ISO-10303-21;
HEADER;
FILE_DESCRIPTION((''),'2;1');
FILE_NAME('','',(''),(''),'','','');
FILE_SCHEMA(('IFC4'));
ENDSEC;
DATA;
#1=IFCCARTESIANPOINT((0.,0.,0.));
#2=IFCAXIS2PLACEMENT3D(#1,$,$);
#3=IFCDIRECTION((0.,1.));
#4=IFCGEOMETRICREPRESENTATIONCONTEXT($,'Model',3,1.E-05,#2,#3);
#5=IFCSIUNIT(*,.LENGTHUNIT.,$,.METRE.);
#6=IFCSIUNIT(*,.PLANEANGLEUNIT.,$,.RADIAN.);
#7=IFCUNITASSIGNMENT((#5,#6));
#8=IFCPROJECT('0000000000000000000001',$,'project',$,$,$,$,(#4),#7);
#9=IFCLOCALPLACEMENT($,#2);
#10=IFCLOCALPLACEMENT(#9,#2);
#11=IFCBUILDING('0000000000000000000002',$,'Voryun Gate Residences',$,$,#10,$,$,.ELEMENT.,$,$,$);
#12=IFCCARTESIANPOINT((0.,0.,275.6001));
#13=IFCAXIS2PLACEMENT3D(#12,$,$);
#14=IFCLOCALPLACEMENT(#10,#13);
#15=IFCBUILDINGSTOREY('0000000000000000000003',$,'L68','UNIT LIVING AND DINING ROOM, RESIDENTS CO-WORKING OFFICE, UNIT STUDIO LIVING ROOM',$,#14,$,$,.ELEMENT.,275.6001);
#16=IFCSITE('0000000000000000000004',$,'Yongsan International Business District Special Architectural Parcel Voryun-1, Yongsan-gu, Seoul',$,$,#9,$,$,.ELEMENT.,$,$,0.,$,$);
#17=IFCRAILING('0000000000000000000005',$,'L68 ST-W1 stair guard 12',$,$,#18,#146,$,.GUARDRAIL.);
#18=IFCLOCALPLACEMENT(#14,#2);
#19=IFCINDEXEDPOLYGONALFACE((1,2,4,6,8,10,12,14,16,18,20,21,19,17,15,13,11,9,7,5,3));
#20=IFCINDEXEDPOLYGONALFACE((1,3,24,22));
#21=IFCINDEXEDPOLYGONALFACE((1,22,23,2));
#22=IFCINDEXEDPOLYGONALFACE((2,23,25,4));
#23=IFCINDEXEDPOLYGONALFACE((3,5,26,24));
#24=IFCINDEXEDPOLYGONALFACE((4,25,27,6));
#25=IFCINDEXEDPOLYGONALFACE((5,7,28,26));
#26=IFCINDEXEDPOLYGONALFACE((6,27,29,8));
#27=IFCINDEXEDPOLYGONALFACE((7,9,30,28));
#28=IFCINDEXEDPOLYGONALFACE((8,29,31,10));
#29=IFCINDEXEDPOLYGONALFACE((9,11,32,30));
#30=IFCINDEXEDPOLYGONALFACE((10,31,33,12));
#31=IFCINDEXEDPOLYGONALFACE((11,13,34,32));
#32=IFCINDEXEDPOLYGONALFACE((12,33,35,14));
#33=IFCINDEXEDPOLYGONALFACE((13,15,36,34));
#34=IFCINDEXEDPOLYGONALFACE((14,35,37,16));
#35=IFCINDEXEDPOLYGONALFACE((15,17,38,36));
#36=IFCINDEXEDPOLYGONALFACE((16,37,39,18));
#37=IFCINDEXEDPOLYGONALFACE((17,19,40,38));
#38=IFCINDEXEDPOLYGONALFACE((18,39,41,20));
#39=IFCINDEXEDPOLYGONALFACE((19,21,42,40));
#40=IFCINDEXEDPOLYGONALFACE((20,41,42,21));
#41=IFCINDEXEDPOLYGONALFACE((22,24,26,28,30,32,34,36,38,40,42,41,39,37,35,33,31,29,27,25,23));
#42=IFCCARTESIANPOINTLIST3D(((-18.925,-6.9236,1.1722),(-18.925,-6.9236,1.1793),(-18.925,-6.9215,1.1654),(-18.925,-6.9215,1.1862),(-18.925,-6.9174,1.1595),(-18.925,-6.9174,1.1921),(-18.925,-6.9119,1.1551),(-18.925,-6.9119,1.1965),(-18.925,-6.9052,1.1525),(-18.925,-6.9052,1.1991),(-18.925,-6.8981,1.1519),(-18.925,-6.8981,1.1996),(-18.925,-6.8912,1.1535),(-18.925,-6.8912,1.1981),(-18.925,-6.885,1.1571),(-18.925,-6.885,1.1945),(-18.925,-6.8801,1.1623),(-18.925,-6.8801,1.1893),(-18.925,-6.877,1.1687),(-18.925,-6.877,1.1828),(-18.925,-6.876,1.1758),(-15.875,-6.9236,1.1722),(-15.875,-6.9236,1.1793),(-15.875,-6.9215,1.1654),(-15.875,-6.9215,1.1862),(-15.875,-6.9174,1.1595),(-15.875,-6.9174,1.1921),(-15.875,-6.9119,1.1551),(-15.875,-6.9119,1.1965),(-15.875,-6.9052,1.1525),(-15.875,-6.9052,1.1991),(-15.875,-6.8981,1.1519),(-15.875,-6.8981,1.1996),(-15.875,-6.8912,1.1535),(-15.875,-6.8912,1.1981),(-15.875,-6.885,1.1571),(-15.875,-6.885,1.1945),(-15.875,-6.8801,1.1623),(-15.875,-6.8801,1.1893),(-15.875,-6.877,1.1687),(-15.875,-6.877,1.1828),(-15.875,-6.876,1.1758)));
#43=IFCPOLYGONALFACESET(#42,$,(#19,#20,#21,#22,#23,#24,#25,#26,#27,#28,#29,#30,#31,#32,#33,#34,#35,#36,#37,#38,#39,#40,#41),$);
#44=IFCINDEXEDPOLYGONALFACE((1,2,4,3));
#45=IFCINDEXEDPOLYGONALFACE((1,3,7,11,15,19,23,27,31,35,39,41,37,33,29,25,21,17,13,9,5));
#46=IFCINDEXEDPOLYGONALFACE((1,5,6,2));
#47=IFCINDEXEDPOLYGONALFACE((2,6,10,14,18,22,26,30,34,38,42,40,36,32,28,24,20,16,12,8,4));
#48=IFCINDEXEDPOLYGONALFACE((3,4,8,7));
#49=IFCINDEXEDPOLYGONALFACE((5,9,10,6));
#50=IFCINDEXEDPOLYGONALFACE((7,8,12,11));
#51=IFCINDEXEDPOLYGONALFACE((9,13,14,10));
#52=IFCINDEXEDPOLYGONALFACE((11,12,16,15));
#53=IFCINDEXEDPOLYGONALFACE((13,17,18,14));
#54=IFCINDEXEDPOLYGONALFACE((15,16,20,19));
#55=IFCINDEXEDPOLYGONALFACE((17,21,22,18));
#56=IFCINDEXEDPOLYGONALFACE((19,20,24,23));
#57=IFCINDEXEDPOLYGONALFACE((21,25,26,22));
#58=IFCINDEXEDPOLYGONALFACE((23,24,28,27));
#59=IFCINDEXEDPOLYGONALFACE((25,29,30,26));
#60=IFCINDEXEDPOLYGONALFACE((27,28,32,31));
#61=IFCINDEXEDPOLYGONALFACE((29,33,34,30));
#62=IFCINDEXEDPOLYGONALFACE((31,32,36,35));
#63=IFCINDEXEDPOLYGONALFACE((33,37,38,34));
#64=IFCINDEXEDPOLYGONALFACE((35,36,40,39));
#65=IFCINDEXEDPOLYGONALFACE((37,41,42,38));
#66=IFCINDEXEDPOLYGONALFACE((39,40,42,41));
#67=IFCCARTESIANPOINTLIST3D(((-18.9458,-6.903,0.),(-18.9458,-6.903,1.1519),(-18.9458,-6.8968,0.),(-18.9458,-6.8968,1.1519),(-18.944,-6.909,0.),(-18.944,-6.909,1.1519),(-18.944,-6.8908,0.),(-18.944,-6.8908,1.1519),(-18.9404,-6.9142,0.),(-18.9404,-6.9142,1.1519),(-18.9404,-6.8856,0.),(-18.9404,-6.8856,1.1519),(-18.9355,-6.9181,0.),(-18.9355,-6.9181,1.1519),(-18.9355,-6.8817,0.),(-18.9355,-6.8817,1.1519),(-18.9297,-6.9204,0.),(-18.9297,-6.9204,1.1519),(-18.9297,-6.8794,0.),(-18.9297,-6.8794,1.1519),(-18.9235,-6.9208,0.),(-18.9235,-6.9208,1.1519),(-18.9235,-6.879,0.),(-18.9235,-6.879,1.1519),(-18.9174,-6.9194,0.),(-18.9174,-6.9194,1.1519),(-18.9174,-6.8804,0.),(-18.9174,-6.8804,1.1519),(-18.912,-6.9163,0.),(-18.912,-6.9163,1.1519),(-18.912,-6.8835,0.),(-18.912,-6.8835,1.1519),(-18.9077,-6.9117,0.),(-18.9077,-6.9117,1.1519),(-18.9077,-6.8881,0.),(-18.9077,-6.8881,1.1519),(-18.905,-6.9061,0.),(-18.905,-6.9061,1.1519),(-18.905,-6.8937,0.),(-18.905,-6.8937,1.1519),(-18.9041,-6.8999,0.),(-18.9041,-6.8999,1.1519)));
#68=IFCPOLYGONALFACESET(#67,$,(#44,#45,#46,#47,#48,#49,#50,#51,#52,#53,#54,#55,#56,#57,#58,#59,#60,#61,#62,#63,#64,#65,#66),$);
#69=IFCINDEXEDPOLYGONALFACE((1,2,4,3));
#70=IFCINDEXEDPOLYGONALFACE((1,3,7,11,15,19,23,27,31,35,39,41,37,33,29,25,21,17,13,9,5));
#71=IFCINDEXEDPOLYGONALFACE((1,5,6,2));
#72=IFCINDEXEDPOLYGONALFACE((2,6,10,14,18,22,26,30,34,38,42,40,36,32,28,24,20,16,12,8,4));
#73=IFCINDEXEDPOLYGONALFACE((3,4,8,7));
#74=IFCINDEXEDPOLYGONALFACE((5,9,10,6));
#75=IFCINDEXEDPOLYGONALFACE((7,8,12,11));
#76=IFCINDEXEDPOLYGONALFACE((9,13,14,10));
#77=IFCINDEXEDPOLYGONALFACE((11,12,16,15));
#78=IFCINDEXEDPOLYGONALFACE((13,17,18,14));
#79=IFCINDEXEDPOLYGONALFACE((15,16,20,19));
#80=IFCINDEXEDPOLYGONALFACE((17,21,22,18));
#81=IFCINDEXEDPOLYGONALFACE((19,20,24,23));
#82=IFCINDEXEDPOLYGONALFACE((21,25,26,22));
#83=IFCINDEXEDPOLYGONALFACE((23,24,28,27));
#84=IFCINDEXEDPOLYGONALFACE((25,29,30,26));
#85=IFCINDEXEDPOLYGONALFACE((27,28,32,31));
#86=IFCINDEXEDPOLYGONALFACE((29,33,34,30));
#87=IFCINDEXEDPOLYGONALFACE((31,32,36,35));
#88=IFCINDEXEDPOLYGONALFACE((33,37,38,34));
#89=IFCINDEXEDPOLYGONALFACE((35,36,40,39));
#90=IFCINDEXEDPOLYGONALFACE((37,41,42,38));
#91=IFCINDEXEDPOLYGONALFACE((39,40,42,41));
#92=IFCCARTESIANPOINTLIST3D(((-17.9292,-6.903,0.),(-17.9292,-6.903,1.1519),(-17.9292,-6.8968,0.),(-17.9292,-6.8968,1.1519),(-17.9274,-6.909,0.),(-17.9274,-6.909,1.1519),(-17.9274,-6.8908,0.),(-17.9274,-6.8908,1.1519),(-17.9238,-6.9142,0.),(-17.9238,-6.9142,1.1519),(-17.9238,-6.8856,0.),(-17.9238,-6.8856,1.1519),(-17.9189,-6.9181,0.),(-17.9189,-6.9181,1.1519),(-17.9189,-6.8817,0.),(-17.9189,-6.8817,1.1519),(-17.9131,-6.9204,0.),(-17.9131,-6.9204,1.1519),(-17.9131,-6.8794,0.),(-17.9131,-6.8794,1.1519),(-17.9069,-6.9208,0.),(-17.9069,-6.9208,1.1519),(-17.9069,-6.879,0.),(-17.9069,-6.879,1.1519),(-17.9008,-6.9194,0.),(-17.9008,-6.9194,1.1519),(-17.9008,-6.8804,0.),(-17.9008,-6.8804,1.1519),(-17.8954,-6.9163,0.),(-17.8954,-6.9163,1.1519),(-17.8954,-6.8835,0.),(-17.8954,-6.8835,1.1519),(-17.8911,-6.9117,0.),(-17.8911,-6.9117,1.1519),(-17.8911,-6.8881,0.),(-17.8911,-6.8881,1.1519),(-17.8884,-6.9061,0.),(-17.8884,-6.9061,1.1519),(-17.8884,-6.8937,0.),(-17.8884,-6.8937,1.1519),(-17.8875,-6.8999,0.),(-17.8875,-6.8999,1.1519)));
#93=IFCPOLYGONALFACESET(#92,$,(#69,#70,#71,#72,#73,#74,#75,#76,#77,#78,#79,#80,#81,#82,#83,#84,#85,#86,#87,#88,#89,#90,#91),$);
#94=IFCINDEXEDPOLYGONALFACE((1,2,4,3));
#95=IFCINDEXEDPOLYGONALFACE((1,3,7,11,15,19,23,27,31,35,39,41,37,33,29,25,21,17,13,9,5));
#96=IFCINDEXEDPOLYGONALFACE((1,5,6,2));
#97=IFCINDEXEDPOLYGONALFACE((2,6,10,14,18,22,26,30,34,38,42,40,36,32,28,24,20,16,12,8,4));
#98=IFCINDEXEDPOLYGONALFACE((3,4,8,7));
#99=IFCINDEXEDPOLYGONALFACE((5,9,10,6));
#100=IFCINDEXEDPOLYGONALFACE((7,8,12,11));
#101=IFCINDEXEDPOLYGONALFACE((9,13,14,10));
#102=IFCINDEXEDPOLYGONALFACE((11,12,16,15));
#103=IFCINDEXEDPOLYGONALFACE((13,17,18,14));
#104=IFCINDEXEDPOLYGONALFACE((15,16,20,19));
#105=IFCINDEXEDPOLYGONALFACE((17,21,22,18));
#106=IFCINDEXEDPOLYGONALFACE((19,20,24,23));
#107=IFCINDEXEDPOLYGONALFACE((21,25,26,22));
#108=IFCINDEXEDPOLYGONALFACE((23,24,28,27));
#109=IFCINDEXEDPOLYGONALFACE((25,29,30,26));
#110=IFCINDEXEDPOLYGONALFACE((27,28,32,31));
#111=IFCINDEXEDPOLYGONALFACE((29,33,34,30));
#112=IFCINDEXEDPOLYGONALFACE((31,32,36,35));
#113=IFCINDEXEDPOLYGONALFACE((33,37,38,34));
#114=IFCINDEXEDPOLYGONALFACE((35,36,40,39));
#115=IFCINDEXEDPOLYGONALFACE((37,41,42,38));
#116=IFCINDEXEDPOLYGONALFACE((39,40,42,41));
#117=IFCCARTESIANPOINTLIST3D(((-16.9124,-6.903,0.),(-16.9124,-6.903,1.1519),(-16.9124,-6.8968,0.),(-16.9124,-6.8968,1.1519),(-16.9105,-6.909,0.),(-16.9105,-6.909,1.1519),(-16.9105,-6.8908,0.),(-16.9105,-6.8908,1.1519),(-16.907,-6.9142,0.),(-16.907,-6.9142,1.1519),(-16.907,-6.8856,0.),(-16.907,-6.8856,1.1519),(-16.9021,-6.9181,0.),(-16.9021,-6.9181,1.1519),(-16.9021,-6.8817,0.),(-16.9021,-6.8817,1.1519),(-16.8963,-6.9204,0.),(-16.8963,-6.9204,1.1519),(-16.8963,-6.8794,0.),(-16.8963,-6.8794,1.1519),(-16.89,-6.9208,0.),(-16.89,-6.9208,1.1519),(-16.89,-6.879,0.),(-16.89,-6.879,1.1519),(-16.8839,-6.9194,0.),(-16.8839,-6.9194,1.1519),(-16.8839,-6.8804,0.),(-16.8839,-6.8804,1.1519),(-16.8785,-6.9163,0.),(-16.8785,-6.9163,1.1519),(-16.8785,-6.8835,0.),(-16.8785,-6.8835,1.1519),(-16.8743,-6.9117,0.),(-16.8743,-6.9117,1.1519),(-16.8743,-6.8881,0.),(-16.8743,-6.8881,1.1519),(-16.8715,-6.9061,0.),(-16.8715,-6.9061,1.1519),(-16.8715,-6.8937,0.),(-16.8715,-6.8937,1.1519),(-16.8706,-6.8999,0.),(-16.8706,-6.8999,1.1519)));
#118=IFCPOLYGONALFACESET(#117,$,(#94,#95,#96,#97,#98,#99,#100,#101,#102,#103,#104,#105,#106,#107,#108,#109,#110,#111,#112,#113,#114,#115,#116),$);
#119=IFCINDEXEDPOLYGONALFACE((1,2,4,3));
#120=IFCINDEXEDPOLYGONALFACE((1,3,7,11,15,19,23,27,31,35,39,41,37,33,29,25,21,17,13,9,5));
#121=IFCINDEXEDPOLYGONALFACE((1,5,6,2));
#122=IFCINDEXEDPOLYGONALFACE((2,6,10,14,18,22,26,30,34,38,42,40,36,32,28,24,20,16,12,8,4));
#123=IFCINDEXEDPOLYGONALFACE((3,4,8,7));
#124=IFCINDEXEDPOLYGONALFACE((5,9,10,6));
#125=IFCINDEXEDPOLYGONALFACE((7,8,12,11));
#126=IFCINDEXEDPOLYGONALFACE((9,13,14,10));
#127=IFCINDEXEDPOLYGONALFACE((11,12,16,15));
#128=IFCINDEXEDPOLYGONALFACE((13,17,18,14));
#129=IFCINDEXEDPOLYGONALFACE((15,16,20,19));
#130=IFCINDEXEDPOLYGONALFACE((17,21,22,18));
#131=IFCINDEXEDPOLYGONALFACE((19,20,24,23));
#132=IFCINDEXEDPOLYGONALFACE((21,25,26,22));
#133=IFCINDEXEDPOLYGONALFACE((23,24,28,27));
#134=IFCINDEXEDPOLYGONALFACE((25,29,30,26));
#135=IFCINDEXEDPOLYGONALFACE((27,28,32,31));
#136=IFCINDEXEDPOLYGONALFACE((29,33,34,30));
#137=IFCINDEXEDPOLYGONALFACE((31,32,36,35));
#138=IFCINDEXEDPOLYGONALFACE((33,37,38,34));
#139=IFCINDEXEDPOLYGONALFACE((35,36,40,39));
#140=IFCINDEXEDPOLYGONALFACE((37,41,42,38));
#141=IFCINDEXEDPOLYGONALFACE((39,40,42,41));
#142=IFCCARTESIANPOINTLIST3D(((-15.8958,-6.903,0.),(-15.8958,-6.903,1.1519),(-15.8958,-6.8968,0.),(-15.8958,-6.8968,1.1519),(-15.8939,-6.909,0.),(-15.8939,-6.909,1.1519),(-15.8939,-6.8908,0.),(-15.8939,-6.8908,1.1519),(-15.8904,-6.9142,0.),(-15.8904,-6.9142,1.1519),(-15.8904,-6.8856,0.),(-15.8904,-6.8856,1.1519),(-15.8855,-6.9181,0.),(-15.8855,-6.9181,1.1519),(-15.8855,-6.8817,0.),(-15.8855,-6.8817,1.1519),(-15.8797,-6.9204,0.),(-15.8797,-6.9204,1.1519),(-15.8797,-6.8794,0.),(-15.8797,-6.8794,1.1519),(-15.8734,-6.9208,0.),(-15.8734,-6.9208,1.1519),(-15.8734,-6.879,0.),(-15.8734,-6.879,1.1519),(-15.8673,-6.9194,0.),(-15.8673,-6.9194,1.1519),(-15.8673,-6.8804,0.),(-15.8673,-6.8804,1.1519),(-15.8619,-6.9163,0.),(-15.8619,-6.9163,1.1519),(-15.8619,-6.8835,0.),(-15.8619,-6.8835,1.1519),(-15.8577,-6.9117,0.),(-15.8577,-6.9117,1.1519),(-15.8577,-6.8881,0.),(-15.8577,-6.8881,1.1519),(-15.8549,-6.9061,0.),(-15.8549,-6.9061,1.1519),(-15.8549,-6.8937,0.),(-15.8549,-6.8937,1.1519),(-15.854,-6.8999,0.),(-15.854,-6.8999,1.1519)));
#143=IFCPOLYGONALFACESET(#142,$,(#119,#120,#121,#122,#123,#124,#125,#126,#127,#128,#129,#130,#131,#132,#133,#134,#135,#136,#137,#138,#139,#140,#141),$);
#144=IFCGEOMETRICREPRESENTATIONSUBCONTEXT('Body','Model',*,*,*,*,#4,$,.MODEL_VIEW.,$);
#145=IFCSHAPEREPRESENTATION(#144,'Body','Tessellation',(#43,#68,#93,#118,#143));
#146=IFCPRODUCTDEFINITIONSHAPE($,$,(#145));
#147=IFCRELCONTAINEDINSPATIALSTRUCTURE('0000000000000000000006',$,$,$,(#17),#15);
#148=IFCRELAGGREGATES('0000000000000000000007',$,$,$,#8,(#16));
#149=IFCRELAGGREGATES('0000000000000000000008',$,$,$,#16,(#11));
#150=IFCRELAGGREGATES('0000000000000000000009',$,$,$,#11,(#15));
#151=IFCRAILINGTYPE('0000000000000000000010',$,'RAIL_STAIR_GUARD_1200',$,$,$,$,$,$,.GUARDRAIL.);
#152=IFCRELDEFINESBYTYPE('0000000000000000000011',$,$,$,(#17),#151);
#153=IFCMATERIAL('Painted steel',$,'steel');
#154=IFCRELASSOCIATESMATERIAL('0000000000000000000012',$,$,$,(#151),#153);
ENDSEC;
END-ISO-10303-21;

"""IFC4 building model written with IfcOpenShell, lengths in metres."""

from ifc_helpers import new_model, si_unit, direction, frame, origin, origin_2d, place, context, subcontext, project, spatial, circle, extrude, material, type_object, element, save


model = new_model("IFC4")

# Units and contexts
model_context = context("Model", 3, precision=1e-05, world=origin(), true_north=direction((0.0, 1.0)))
body_context = subcontext(model_context, "Body", "Model", "MODEL_VIEW")
ifc_project = project(units=[si_unit("LENGTHUNIT", "METRE"), si_unit("PLANEANGLEUNIT", "RADIAN")], contexts=[model_context])

# Site, building, storey
site_placement = place(None, origin())
site = spatial("IfcSite", under=ifc_project, at=site_placement, Name="Yongsan International Business District Special Architectural Parcel Voryun-1, Yongsan-gu, Seoul", CompositionType="ELEMENT", RefElevation=0.0)
building_placement = place(site_placement, origin())
building = spatial("IfcBuilding", under=site, at=building_placement, Name="Voryun Gate Residences", CompositionType="ELEMENT")
storey_placement = place(building_placement, frame((0.0, 0.0, 275.6001)))
storey = spatial("IfcBuildingStorey", under=building, at=storey_placement, Name="L68", Description="UNIT LIVING AND DINING ROOM, RESIDENTS CO-WORKING OFFICE, UNIT STUDIO LIVING ROOM", CompositionType="ELEMENT", Elevation=275.6001)

# Railing
ifc_material_1 = material(Name="Painted steel", Category="steel")
railing_type_1 = type_object("IfcRailingType", Name="RAIL_STAIR_GUARD_1200", PredefinedType="GUARDRAIL", material=ifc_material_1)
railing_1_placement = place(storey_placement, frame((-18.925, -6.8999, 0.0)))
element("IfcRailing", 1, at=railing_1_placement, inside=storey, type_object=railing_type_1, Name="L68 ST-W1 stair guard 12", PredefinedType="GUARDRAIL", context=body_context, shape_type="SweptSolid", body=[
    extrude(circle(Radius=0.0239, at=origin_2d()), frame((0.0, 0.0, 1.1758), z_axis=(1.0, 0.0, 0.0), x_axis=(0.0, 1.0, 0.0)), (0.0, 0.0, 1.0), 3.05),
    extrude(circle(Radius=0.021, at=origin_2d()), origin(), (0.0, 0.0, 1.0), 1.1519),
    extrude(circle(Radius=0.021, at=origin_2d()), frame((1.0166, 0.0, 0.0)), (0.0, 0.0, 1.0), 1.1519),
    extrude(circle(Radius=0.021, at=origin_2d()), frame((2.0334, 0.0, 0.0)), (0.0, 0.0, 1.0), 1.1519),
    extrude(circle(Radius=0.021, at=origin_2d()), frame((3.05, 0.0, 0.0)), (0.0, 0.0, 1.0), 1.1519),
])

save(model, "model.ifc")
